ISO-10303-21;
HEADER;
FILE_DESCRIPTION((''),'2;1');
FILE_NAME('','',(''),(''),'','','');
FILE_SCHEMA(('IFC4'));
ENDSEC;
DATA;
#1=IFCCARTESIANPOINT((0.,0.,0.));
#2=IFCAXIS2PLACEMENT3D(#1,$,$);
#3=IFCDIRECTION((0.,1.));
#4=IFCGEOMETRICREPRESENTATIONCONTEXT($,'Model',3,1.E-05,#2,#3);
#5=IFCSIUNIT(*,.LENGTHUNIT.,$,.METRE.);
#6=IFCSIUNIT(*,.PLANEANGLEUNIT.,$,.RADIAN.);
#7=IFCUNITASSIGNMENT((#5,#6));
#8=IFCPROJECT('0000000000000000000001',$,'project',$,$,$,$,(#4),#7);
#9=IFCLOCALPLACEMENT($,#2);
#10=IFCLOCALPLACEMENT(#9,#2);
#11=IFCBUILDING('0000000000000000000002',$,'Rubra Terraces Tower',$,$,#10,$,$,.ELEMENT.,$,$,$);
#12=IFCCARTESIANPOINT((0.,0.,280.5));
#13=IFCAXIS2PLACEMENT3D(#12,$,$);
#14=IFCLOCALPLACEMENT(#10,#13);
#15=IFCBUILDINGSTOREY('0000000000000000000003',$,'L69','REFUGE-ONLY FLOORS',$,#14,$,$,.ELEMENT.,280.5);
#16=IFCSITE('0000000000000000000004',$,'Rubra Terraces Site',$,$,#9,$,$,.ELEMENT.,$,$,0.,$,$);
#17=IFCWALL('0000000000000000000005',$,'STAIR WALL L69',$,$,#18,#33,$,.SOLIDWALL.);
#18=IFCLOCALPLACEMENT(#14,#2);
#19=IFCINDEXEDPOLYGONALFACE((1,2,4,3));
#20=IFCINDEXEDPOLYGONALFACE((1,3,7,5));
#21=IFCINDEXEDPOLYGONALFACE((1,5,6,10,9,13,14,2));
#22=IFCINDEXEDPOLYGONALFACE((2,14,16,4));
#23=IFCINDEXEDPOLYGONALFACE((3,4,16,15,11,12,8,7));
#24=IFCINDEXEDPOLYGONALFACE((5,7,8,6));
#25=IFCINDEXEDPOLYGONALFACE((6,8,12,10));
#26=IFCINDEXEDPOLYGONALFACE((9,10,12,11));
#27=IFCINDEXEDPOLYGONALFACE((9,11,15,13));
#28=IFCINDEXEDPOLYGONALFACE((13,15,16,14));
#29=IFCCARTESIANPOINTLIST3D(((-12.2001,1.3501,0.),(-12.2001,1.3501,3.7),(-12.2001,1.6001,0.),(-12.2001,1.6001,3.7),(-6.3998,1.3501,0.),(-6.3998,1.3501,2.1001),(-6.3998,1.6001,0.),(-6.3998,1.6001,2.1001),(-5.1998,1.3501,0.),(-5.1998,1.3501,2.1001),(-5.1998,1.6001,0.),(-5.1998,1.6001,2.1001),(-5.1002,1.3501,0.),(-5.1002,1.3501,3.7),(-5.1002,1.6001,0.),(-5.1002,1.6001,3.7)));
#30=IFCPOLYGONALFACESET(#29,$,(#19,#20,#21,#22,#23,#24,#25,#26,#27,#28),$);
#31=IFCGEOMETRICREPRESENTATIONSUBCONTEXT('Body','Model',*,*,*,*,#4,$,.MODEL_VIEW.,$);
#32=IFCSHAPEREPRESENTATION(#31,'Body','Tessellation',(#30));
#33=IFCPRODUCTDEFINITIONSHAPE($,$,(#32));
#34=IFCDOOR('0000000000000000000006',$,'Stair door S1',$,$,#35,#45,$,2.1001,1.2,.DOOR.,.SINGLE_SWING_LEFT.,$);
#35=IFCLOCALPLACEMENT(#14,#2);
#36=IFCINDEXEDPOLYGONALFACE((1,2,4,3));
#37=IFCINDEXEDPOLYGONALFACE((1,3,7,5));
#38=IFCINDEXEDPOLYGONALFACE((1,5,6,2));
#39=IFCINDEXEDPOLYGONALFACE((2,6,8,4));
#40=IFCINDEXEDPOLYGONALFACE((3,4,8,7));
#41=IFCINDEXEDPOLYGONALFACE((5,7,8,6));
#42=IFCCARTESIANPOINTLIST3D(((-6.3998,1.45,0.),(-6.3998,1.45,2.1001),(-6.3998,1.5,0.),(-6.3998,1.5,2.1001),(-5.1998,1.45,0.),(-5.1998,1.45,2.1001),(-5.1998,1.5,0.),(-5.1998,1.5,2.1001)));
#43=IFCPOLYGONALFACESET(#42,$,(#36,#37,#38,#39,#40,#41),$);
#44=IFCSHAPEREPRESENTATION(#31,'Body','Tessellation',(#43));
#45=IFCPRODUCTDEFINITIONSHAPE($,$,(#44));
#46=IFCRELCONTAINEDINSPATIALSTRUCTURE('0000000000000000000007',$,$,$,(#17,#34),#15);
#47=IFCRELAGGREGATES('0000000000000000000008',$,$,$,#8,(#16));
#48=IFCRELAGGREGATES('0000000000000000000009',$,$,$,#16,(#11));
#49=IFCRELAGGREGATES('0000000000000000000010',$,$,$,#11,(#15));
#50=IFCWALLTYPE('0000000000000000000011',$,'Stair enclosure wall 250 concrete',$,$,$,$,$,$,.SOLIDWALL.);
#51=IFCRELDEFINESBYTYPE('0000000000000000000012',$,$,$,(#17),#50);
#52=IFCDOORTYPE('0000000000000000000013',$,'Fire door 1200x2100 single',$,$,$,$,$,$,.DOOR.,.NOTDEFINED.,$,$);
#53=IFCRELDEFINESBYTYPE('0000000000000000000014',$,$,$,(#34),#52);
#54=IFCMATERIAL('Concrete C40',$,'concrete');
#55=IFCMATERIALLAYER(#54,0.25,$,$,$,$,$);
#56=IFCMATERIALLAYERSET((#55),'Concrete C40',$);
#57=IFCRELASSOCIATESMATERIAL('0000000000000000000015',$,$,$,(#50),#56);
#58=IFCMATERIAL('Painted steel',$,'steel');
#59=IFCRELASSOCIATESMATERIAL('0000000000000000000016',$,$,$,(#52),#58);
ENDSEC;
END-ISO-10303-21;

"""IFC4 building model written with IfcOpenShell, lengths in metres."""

from ifc_helpers import new_model, si_unit, direction, frame, frame_2d, origin, place, context, subcontext, project, spatial, rectangle, extrude, material, layer, layer_set, type_object, element, fill, save


model = new_model("IFC4")

# Units and contexts
model_context = context("Model", 3, precision=1e-05, world=origin(), true_north=direction((0.0, 1.0)))
body_context = subcontext(model_context, "Body", "Model", "MODEL_VIEW")
ifc_project = project(units=[si_unit("LENGTHUNIT", "METRE"), si_unit("PLANEANGLEUNIT", "RADIAN")], contexts=[model_context])

# Site, building, storey
site_placement = place(None, origin())
site = spatial("IfcSite", under=ifc_project, at=site_placement, Name="Rubra Terraces Site", CompositionType="ELEMENT", RefElevation=0.0)
building_placement = place(site_placement, origin())
building = spatial("IfcBuilding", under=site, at=building_placement, Name="Rubra Terraces Tower", CompositionType="ELEMENT")
storey_placement = place(building_placement, frame((0.0, 0.0, 280.5)))
storey = spatial("IfcBuildingStorey", under=building, at=storey_placement, Name="L69", Description="REFUGE-ONLY FLOORS", CompositionType="ELEMENT", Elevation=280.5)

# Wall, opening, door
ifc_material_1 = material(Name="Painted steel", Category="steel")
ifc_material_2 = material(Name="Concrete C40", Category="concrete")
ifc_layer_1 = layer(ifc_material_2, 0.25)
ifc_layer_set_1 = layer_set([ifc_layer_1], Name="Concrete C40")
wall_type_1 = type_object("IfcWallType", Name="Stair enclosure wall 250 concrete", PredefinedType="SOLIDWALL", material=ifc_layer_set_1)
wall_1_placement = place(storey_placement, frame((-12.2, 1.4751, 0.0), z_axis=(0.0, 0.0, 1.0), x_axis=(1.0, 0.0, 0.0)))
wall_1 = element("IfcWall", 1, at=wall_1_placement, inside=storey, type_object=wall_type_1, Name="STAIR WALL L69", PredefinedType="SOLIDWALL", context=body_context, shape_type="SweptSolid", body=[
    extrude(rectangle(XDim=7.0999, YDim=0.25, at=frame_2d((3.5498, 0.0))), origin(), (0.0, 0.0, 1.0), 3.7),
])
opening_1_placement = place(wall_1_placement, frame((5.8, 0.0, 0.0)))
opening_1 = element("IfcOpeningElement", 2, at=opening_1_placement, cuts=wall_1, PredefinedType="OPENING", context=body_context, shape_type="SweptSolid", body=[
    extrude(rectangle(XDim=1.2, YDim=2.1001, at=frame_2d((0.6001, 1.05))), frame((0.0, 0.135, 0.0), z_axis=(0.0, -1.0, 0.0), x_axis=(1.0, 0.0, 0.0)), (0.0, 0.0, 1.0), 0.27),
])
door_type_1 = type_object("IfcDoorType", Name="Fire door 1200x2100 single", OperationType="NOTDEFINED", PredefinedType="DOOR", material=ifc_material_1)
door_1_placement = place(opening_1_placement, origin())
door_1 = element("IfcDoor", 3, at=door_1_placement, inside=storey, type_object=door_type_1, Name="Stair door S1", OperationType="SINGLE_SWING_LEFT", OverallHeight=2.1001, OverallWidth=1.2, PredefinedType="DOOR", context=body_context, shape_type="SweptSolid", body=[
    extrude(rectangle(XDim=1.2, YDim=2.1001, at=frame_2d((0.6001, 1.05))), frame((0.0, 0.0249, 0.0), z_axis=(0.0, -1.0, 0.0), x_axis=(1.0, 0.0, 0.0)), (0.0, 0.0, 1.0), 0.05),
])
fill(opening_1, door_1)

save(model, "model.ifc")
